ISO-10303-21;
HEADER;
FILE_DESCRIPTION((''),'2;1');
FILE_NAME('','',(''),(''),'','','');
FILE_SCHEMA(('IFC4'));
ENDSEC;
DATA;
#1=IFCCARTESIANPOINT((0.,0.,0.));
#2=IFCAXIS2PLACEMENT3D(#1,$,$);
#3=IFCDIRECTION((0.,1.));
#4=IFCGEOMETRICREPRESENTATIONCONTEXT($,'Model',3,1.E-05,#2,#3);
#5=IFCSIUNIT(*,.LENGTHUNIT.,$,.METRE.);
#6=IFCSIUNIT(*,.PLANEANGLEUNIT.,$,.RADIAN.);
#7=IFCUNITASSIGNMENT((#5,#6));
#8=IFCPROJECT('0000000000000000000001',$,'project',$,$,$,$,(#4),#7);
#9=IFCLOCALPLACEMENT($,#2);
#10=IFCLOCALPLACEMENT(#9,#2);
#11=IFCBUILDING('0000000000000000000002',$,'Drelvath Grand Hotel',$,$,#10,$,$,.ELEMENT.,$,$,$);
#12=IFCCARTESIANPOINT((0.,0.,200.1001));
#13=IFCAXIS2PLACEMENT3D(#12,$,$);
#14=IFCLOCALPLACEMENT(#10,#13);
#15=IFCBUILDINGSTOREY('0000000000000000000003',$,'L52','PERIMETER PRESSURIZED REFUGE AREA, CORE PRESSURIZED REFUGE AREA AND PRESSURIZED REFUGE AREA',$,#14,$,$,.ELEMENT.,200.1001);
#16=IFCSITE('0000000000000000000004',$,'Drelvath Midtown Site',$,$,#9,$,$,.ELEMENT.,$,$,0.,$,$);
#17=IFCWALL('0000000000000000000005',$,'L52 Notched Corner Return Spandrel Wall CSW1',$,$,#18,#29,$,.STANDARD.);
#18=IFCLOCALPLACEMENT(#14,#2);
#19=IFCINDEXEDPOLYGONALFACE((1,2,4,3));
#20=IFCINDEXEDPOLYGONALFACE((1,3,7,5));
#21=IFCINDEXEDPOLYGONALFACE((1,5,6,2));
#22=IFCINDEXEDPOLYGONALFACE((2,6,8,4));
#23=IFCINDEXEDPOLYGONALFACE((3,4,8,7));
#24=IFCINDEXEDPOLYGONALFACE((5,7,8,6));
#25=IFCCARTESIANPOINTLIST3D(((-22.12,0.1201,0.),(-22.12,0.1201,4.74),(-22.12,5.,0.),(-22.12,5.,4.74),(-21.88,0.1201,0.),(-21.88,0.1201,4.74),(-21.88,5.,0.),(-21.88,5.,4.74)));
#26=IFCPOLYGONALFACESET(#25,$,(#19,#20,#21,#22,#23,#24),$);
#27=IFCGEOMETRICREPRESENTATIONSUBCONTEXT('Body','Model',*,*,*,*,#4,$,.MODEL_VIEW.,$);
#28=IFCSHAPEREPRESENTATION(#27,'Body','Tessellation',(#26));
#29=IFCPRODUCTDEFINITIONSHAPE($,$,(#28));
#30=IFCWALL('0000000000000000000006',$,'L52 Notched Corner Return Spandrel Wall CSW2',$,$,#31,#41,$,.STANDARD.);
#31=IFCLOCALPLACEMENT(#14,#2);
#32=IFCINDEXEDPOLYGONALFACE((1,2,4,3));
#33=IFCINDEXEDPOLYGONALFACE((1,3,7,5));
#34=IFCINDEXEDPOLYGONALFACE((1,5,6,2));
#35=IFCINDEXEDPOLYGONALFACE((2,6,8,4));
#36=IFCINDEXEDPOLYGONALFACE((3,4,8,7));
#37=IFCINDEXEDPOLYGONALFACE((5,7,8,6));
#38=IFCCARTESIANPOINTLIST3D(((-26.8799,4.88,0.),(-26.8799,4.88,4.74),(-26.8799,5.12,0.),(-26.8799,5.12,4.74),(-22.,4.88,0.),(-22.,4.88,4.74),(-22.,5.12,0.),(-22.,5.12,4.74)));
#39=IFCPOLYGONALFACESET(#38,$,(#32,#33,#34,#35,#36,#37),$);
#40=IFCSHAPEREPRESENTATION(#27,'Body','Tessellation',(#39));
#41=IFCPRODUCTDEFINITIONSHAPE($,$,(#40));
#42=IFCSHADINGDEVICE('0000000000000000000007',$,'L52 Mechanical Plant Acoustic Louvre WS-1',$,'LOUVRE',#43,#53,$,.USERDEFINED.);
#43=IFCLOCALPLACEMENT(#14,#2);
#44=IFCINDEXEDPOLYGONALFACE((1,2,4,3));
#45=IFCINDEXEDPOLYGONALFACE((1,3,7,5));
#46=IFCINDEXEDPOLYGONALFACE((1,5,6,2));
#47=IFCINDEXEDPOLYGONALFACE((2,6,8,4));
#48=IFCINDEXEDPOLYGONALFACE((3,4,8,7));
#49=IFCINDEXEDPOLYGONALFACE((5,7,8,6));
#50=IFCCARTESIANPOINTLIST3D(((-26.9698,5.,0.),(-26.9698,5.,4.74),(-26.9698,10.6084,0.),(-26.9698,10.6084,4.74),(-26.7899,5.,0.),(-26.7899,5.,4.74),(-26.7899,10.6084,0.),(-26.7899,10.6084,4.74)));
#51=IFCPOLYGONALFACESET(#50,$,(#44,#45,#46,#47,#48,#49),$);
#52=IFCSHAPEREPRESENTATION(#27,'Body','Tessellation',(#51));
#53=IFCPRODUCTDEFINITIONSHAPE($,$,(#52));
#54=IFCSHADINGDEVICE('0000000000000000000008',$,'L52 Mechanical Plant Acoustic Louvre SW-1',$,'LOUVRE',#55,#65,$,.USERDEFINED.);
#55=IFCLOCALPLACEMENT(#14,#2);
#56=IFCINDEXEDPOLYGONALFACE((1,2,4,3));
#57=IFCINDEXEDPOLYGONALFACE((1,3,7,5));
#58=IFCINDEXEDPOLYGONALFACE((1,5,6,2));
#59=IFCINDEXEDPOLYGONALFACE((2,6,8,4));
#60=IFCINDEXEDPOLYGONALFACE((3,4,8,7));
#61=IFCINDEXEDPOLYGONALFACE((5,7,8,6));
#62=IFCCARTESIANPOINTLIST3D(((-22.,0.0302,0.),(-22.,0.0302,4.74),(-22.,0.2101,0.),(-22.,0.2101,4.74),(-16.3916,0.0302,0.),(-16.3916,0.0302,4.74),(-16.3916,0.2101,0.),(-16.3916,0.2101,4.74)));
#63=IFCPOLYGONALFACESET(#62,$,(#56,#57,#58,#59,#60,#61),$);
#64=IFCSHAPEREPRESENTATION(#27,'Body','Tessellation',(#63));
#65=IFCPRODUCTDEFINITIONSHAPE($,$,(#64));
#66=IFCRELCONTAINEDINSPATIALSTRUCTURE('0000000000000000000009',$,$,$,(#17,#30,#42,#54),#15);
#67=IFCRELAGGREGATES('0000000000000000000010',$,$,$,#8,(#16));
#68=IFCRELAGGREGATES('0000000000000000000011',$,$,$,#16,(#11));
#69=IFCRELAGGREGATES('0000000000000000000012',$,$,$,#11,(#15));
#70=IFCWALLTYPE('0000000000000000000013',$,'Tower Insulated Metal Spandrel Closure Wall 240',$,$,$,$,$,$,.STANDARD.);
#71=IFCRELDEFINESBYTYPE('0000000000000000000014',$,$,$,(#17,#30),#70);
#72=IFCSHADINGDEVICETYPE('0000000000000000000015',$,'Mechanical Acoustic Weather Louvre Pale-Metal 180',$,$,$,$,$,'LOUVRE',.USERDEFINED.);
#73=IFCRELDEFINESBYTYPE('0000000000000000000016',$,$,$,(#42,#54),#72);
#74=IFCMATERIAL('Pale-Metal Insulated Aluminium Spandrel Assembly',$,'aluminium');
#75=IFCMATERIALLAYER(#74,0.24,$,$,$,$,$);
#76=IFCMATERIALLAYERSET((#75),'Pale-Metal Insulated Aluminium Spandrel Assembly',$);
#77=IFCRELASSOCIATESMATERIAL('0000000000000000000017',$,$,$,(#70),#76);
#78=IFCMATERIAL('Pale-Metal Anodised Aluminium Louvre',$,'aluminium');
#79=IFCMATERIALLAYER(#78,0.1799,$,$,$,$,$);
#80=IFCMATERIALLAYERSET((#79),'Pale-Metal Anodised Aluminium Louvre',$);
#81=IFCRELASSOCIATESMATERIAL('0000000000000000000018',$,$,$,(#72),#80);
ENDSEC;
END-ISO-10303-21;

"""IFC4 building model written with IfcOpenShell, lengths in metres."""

from ifc_helpers import new_model, si_unit, direction, frame, frame_2d, origin, origin_2d, place, context, subcontext, project, spatial, rectangle, extrude, material, layer, layer_set, type_object, element, save


model = new_model("IFC4")

# Units and contexts
model_context = context("Model", 3, precision=1e-05, world=origin(), true_north=direction((0.0, 1.0)))
body_context = subcontext(model_context, "Body", "Model", "MODEL_VIEW")
ifc_project = project(units=[si_unit("LENGTHUNIT", "METRE"), si_unit("PLANEANGLEUNIT", "RADIAN")], contexts=[model_context])

# Site, building, storey
site_placement = place(None, origin())
site = spatial("IfcSite", under=ifc_project, at=site_placement, Name="Drelvath Midtown Site", CompositionType="ELEMENT", RefElevation=0.0)
building_placement = place(site_placement, origin())
building = spatial("IfcBuilding", under=site, at=building_placement, Name="Drelvath Grand Hotel", CompositionType="ELEMENT")
storey_placement = place(building_placement, frame((0.0, 0.0, 200.1001)))
storey = spatial("IfcBuildingStorey", under=building, at=storey_placement, Name="L52", Description="PERIMETER PRESSURIZED REFUGE AREA, CORE PRESSURIZED REFUGE AREA AND PRESSURIZED REFUGE AREA", CompositionType="ELEMENT", Elevation=200.1001)

# Walls
ifc_material_1 = material(Name="Pale-Metal Insulated Aluminium Spandrel Assembly", Category="aluminium")
ifc_layer_1 = layer(ifc_material_1, 0.24)
ifc_layer_set_1 = layer_set([ifc_layer_1], Name="Pale-Metal Insulated Aluminium Spandrel Assembly")
wall_type_1 = type_object("IfcWallType", Name="Tower Insulated Metal Spandrel Closure Wall 240", PredefinedType="STANDARD", material=ifc_layer_set_1)
for number, where, z_axis, x_axis, name in (
    (1, (-22.0, 0.1201, 0.0), (0.0, 0.0, 1.0), (0.0, 1.0, 0.0), "L52 Notched Corner Return Spandrel Wall CSW1"),
    (2, (-22.0, 5.0, 0.0), (0.0, 0.0, 1.0), (-1.0, 0.0, 0.0), "L52 Notched Corner Return Spandrel Wall CSW2"),
):
    element("IfcWall", number, at=place(storey_placement, frame(where, z_axis=z_axis, x_axis=x_axis)), inside=storey, type_object=wall_type_1, Name=name, PredefinedType="STANDARD", context=body_context, shape_type="SweptSolid", body=[
        extrude(rectangle(XDim=4.8799, YDim=0.24, at=frame_2d((2.4399, 0.0))), origin(), (0.0, 0.0, 1.0), 4.74),
    ])

# Shading devices
ifc_material_2 = material(Name="Pale-Metal Anodised Aluminium Louvre", Category="aluminium")
ifc_layer_2 = layer(ifc_material_2, 0.1799)
ifc_layer_set_2 = layer_set([ifc_layer_2], Name="Pale-Metal Anodised Aluminium Louvre")
shading_device_type = type_object("IfcShadingDeviceType", Name="Mechanical Acoustic Weather Louvre Pale-Metal 180", ElementType="LOUVRE", PredefinedType="USERDEFINED", material=ifc_layer_set_2)
for number, where, z_axis, x_axis, name in (
    (3, (-26.8799, 7.8042, 0.0), (0.0, 0.0, 1.0), (0.0, 1.0, 0.0), "L52 Mechanical Plant Acoustic Louvre WS-1"),
    (4, (-19.1958, 0.1201, 0.0), (0.0, 0.0, 1.0), (1.0, 0.0, 0.0), "L52 Mechanical Plant Acoustic Louvre SW-1"),
):
    element("IfcShadingDevice", number, at=place(storey_placement, frame(where, z_axis=z_axis, x_axis=x_axis)), inside=storey, type_object=shading_device_type, Name=name, ObjectType="LOUVRE", PredefinedType="USERDEFINED", context=body_context, shape_type="SweptSolid", body=[
        extrude(rectangle(XDim=5.6084, YDim=0.1799, at=origin_2d()), origin(), (0.0, 0.0, 1.0), 4.74),
    ])

save(model, "model.ifc")
